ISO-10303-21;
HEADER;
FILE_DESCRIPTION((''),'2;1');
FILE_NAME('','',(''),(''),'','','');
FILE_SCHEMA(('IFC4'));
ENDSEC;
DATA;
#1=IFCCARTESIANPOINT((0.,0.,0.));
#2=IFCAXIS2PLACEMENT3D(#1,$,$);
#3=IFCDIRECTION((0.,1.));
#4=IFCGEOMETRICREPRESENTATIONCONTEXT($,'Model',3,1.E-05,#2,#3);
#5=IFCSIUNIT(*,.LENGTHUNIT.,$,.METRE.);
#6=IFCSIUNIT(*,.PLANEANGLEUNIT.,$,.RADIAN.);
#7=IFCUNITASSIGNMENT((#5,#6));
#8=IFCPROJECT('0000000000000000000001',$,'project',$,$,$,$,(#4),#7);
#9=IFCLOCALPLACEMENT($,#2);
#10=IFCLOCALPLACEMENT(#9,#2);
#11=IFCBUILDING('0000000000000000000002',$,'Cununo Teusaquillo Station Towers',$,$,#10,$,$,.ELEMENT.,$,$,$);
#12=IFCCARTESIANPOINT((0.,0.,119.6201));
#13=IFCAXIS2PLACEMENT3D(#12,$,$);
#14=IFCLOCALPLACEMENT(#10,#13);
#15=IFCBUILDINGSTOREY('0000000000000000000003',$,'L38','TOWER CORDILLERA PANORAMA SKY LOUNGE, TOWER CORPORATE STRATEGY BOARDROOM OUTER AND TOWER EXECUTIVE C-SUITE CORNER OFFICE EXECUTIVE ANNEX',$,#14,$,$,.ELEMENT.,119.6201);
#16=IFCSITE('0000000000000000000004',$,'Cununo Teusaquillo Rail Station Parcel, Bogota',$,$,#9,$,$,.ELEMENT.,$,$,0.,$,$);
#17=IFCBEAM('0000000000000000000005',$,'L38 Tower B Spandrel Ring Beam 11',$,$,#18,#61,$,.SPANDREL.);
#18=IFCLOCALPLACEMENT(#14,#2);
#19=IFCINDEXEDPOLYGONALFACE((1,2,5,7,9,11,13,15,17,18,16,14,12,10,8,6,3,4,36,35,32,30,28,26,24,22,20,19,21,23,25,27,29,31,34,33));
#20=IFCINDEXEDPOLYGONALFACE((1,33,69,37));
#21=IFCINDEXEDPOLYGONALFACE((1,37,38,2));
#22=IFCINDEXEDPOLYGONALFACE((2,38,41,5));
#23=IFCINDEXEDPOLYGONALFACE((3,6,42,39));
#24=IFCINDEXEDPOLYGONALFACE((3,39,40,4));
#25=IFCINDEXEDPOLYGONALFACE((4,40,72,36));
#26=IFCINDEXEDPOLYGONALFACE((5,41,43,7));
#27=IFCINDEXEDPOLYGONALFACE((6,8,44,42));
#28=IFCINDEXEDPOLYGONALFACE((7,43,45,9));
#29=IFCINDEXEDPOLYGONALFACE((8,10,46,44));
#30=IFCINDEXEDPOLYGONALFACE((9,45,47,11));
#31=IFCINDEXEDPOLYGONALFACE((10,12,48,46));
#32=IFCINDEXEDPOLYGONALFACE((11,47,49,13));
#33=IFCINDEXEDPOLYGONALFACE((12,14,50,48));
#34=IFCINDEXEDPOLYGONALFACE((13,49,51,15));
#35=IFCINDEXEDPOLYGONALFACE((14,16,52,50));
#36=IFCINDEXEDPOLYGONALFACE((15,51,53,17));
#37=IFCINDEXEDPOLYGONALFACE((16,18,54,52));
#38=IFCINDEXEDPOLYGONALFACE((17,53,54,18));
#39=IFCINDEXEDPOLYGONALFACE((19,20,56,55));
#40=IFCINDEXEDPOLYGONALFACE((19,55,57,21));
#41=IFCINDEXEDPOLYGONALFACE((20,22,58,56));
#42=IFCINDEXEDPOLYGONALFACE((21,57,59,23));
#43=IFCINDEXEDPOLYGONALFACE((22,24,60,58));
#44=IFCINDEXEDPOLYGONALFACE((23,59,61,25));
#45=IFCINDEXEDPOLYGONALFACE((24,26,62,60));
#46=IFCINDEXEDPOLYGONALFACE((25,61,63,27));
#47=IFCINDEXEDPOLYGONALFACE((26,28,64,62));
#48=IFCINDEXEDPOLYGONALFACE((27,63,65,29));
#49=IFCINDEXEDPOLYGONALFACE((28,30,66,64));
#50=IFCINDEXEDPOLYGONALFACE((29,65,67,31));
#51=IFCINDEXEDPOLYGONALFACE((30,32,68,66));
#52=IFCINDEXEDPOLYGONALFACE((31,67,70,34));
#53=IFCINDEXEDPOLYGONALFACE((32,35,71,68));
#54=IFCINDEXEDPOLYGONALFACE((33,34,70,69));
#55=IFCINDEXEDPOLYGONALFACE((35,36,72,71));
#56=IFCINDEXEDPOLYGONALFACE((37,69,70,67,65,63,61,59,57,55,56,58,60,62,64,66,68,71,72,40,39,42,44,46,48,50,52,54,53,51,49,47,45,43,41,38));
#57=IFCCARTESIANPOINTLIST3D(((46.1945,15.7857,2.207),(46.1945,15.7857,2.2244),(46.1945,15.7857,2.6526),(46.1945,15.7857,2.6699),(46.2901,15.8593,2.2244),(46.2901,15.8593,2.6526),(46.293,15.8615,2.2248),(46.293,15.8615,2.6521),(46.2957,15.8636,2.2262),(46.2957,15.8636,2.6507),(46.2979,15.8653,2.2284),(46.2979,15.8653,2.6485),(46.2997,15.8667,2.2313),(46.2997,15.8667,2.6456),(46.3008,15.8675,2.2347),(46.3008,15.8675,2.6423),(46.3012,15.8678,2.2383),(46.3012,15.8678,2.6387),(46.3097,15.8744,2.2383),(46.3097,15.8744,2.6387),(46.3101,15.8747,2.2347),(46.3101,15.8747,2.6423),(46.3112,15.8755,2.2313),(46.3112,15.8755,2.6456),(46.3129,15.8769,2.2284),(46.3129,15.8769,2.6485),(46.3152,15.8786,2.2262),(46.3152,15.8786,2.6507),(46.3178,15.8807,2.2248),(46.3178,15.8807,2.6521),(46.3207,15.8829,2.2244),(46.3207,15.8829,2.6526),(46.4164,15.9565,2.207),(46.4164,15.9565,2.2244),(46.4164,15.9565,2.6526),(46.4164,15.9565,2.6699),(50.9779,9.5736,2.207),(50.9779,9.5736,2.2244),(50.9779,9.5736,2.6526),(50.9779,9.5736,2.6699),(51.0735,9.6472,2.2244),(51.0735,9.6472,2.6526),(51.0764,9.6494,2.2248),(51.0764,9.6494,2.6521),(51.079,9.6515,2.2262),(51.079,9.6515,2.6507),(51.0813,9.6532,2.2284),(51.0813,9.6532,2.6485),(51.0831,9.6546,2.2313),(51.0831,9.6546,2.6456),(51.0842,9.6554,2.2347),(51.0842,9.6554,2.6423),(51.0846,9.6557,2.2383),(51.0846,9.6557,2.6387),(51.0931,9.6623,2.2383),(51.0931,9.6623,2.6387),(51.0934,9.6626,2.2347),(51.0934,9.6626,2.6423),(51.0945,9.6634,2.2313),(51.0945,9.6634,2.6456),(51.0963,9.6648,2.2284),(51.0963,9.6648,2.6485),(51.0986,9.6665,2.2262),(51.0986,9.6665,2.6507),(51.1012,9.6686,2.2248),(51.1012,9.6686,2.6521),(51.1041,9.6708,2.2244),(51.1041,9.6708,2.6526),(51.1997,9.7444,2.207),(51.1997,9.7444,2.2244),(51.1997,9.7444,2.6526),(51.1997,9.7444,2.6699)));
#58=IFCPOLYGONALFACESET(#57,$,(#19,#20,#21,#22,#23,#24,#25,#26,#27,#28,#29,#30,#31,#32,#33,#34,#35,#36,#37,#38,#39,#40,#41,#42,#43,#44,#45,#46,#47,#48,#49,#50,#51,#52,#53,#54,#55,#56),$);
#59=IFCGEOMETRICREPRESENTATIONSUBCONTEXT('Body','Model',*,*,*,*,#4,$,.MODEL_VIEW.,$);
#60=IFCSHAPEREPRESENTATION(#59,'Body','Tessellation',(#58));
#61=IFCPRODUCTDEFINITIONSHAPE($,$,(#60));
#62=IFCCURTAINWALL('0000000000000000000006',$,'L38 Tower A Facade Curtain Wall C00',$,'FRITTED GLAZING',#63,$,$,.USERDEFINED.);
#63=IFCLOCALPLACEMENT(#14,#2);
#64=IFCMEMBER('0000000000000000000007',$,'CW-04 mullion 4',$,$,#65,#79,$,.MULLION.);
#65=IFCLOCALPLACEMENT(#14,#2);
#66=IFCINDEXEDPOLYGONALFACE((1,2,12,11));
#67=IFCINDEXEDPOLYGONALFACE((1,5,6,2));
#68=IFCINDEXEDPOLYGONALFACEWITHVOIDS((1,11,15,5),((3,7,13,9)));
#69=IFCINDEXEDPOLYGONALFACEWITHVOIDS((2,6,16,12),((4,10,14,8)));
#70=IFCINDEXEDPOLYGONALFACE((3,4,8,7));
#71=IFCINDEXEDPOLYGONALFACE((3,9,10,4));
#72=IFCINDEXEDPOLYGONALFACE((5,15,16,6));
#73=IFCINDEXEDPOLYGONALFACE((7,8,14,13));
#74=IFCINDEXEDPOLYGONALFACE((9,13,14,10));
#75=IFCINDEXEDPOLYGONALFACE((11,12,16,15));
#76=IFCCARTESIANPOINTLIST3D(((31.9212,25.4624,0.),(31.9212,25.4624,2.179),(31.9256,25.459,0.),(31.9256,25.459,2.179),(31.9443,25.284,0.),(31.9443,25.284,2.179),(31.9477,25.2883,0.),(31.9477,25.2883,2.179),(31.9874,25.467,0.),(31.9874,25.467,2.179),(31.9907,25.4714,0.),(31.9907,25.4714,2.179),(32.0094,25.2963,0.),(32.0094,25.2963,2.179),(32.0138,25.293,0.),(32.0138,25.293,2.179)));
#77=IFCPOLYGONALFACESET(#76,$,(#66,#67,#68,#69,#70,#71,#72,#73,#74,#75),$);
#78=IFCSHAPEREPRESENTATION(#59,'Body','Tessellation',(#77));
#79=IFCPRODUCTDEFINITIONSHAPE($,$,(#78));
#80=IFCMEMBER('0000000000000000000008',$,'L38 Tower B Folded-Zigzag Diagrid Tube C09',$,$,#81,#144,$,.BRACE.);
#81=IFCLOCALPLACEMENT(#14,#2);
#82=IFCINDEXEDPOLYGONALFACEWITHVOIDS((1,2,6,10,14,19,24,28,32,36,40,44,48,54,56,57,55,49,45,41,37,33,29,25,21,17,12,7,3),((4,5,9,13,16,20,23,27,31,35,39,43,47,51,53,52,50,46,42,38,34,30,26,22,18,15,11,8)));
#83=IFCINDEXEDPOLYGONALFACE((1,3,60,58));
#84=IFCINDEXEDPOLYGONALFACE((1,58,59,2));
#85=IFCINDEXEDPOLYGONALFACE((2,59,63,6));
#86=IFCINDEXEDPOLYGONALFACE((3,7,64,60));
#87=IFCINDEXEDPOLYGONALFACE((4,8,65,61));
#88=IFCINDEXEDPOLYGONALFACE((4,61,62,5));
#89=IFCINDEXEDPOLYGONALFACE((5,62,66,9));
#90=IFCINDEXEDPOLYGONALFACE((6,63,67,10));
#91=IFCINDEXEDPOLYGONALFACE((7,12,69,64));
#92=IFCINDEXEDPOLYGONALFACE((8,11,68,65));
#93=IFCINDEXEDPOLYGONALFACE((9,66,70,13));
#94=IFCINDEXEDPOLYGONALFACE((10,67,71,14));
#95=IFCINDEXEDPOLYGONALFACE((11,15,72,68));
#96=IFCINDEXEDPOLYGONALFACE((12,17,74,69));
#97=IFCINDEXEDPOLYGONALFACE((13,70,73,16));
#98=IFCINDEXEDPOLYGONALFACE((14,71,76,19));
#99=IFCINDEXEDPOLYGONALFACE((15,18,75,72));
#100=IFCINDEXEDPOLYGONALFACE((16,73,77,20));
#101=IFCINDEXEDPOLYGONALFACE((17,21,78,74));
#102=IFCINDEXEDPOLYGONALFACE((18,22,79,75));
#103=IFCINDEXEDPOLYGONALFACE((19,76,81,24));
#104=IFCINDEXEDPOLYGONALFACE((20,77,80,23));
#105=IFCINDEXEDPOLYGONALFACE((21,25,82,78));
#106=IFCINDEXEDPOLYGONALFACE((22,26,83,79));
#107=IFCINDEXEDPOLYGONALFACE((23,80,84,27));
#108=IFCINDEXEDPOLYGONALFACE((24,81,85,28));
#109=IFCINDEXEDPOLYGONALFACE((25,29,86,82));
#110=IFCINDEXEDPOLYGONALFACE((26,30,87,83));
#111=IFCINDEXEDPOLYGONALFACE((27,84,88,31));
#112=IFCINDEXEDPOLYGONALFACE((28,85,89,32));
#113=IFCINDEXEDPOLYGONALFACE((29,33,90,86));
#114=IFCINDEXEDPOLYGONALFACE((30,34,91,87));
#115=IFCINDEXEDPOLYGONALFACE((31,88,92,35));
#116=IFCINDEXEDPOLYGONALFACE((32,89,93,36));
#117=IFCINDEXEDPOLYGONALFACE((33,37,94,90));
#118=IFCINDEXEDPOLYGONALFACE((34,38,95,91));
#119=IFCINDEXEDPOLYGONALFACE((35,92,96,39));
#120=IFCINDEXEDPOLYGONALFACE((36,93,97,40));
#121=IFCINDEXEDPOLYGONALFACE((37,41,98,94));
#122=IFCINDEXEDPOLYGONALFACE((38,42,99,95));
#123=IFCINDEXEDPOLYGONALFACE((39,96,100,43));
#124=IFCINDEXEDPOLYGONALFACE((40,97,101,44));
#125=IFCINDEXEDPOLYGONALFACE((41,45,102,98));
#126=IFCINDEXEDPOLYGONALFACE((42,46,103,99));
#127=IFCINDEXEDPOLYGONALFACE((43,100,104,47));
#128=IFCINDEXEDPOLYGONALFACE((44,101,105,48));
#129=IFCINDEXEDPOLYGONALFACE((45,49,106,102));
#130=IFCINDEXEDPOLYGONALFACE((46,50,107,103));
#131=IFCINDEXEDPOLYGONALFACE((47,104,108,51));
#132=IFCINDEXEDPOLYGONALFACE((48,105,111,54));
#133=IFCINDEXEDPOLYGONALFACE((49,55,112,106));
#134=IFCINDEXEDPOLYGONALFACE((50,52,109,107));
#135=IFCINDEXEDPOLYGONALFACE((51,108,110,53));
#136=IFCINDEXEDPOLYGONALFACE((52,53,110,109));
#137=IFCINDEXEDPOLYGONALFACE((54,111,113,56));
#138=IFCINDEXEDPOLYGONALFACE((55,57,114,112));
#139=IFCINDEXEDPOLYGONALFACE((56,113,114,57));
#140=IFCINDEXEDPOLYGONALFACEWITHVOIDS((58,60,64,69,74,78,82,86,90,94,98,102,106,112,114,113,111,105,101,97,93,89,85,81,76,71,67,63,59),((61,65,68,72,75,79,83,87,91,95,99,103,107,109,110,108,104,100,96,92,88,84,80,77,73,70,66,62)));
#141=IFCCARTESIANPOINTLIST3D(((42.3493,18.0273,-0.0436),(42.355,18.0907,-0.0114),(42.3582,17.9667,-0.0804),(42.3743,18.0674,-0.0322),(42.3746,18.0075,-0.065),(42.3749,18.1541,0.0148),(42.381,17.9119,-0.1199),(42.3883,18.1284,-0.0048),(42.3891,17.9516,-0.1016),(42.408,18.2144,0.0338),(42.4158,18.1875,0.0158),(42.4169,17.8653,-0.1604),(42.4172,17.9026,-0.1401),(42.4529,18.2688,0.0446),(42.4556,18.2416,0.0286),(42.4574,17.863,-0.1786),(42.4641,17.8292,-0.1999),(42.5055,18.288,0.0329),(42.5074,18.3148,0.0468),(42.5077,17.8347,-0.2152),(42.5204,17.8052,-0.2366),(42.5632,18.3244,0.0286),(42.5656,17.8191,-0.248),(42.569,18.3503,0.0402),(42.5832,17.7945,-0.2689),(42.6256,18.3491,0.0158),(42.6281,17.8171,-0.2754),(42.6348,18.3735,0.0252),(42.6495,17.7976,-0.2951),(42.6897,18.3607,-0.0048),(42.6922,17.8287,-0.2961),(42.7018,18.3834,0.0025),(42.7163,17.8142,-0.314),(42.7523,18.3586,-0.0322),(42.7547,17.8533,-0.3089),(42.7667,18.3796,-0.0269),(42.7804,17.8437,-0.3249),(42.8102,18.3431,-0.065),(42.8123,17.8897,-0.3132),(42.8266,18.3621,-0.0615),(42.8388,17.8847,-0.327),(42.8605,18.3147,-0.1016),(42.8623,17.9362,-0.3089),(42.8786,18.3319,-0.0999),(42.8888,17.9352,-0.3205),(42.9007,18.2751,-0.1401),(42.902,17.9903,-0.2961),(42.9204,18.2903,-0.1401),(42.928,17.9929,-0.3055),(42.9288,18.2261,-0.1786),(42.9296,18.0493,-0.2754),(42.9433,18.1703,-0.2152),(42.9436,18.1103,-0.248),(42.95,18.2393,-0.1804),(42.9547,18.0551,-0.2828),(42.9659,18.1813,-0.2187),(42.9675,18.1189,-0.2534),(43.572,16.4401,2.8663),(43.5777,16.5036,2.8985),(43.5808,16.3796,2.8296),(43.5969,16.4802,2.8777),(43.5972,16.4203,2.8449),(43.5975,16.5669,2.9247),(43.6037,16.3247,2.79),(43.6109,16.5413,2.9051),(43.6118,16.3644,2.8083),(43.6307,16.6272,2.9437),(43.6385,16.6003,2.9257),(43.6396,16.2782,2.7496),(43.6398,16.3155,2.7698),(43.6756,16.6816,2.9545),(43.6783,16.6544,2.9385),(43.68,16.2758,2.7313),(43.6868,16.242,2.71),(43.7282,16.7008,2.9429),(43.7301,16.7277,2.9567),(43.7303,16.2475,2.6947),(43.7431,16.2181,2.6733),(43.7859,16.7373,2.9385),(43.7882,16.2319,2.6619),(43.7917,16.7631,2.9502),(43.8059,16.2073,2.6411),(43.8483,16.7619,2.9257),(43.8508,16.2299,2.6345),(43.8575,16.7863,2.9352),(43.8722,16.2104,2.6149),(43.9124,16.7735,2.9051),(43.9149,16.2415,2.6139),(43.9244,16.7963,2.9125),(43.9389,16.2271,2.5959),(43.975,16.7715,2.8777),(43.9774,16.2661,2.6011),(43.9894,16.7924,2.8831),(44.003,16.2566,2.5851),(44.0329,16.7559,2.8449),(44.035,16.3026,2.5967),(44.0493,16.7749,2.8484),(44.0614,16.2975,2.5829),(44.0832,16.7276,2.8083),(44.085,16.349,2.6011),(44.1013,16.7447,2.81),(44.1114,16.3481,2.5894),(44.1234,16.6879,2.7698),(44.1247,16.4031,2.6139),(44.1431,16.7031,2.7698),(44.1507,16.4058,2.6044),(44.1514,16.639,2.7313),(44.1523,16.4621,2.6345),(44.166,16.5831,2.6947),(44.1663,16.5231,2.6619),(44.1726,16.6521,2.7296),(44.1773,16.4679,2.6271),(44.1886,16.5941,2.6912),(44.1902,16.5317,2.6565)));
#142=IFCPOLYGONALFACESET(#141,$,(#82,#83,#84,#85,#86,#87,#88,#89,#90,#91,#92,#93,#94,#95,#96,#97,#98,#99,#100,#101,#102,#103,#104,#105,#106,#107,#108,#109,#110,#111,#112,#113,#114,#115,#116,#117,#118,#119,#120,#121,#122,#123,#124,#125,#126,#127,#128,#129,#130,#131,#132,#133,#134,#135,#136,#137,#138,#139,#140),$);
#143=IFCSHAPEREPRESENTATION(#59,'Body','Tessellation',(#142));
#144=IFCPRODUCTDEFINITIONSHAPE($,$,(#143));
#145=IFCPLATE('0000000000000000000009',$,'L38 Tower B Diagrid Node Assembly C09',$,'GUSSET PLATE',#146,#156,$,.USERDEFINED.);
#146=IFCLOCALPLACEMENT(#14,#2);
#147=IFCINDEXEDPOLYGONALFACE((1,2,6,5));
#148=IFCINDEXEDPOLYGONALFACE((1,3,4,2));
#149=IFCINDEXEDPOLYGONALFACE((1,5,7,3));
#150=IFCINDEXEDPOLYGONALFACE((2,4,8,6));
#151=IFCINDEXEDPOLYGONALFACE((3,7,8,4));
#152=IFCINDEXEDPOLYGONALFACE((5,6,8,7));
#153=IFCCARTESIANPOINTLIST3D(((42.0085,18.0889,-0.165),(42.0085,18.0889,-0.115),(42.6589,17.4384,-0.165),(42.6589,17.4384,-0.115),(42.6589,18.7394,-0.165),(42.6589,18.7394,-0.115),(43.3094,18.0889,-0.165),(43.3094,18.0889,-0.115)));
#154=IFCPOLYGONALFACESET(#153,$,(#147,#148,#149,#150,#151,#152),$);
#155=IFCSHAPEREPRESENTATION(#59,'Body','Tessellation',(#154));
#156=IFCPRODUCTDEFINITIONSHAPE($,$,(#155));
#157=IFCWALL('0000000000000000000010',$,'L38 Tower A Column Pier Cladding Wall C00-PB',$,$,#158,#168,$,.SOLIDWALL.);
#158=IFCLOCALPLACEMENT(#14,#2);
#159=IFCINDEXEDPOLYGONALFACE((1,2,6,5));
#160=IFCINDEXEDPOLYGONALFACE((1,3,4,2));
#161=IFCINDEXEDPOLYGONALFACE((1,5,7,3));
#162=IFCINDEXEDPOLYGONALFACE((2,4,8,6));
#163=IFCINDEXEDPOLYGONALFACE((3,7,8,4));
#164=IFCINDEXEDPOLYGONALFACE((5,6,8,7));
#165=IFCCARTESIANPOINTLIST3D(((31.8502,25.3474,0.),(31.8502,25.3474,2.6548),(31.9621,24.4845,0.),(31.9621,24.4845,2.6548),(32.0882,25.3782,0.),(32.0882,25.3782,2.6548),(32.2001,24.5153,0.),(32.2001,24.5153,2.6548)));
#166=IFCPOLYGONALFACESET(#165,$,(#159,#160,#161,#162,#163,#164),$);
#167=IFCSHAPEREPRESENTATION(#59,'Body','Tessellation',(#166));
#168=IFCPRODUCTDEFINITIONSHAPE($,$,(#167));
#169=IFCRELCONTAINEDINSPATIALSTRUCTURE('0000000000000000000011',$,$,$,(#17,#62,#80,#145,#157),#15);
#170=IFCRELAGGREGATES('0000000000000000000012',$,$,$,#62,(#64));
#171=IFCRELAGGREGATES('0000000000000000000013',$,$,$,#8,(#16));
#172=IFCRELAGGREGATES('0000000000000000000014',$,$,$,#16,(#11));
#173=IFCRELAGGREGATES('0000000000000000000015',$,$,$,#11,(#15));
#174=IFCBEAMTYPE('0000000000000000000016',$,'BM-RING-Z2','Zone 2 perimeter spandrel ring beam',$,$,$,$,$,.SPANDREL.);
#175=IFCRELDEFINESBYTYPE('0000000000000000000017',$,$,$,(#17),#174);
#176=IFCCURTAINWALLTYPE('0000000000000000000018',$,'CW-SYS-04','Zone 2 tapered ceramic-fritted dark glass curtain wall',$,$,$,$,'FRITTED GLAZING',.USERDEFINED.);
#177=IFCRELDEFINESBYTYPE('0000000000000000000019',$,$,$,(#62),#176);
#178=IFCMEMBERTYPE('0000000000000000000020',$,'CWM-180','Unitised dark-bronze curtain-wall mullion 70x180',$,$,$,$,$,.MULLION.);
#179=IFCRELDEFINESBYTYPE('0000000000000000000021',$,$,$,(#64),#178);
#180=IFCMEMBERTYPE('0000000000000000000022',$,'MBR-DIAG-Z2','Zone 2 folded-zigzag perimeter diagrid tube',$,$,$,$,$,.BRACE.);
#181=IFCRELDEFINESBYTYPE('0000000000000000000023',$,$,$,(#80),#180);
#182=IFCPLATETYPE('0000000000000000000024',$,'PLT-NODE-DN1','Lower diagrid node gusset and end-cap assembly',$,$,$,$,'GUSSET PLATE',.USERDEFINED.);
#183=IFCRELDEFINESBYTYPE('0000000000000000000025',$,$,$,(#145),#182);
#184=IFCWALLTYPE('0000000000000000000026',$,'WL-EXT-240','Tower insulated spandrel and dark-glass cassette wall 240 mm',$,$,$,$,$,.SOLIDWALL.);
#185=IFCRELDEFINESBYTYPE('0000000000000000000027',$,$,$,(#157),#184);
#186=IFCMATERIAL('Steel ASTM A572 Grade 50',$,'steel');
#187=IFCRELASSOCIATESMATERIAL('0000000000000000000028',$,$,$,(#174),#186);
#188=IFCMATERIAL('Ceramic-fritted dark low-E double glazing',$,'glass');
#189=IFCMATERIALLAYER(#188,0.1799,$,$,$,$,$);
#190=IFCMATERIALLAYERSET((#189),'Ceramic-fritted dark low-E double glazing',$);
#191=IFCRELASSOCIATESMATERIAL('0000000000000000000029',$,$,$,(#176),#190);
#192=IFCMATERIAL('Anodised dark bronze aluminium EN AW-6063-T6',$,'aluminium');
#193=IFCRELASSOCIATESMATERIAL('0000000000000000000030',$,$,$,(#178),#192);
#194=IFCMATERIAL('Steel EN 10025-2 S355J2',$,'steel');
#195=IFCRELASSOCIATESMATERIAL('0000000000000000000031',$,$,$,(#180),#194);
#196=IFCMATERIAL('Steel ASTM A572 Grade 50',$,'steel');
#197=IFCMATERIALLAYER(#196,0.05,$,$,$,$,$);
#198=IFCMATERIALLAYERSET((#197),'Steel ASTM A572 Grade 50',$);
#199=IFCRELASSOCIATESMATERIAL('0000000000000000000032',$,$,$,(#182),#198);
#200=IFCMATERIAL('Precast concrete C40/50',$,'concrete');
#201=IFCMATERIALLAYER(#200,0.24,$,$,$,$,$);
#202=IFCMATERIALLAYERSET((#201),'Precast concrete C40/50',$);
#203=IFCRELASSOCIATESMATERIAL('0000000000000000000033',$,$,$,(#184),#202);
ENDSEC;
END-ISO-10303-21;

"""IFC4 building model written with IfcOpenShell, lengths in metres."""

from ifc_helpers import new_model, si_unit, direction, frame, frame_2d, origin, origin_2d, place, context, subcontext, project, spatial, rectangle, hollow_rectangle, hollow_circle, i_section, extrude, source, transform, mapped, material, layer, layer_set, material_profile, profile_set, type_object, element, aggregate, save


model = new_model("IFC4")

# Units and contexts
model_context = context("Model", 3, precision=1e-05, world=origin(), true_north=direction((0.0, 1.0)))
body_context = subcontext(model_context, "Body", "Model", "MODEL_VIEW")
ifc_project = project(units=[si_unit("LENGTHUNIT", "METRE"), si_unit("PLANEANGLEUNIT", "RADIAN")], contexts=[model_context])

# Site, building, storey
site_placement = place(None, origin())
site = spatial("IfcSite", under=ifc_project, at=site_placement, Name="Cununo Teusaquillo Rail Station Parcel, Bogota", CompositionType="ELEMENT", RefElevation=0.0)
building_placement = place(site_placement, origin())
building = spatial("IfcBuilding", under=site, at=building_placement, Name="Cununo Teusaquillo Station Towers", CompositionType="ELEMENT")
storey_placement = place(building_placement, frame((0.0, 0.0, 119.6201)))
storey = spatial("IfcBuildingStorey", under=building, at=storey_placement, Name="L38", Description="TOWER CORDILLERA PANORAMA SKY LOUNGE, TOWER CORPORATE STRATEGY BOARDROOM OUTER AND TOWER EXECUTIVE C-SUITE CORNER OFFICE EXECUTIVE ANNEX", CompositionType="ELEMENT", Elevation=119.6201)

# Beam
ifc_material_1 = material(Name="Steel ASTM A572 Grade 50", Category="steel")
ifc_material_profile_1 = material_profile(ifc_material_1, i_section(OverallWidth=0.28, OverallDepth=0.4629, WebThickness=0.0107, FlangeThickness=0.0173, FilletRadius=0.0139, at=origin_2d()), Name="W18X76")
ifc_profile_set_1 = profile_set([ifc_material_profile_1], Name="Steel ASTM A572 Grade 50")
beam_type = type_object("IfcBeamType", Name="BM-RING-Z2", Description="Zone 2 perimeter spandrel ring beam", PredefinedType="SPANDREL", material=ifc_profile_set_1)
beam_1_placement = place(storey_placement, frame((46.3054, 15.8711, 2.4385), z_axis=(0.6101, -0.792324, 0.0), x_axis=(0.792324, 0.6101, 0.0)))
element("IfcBeam", 1, at=beam_1_placement, inside=storey, type_object=beam_type, Name="L38 Tower B Spandrel Ring Beam 11", PredefinedType="SPANDREL", context=body_context, shape_type="SweptSolid", body=[
    extrude(i_section(OverallWidth=0.28, OverallDepth=0.4629, WebThickness=0.0107, FlangeThickness=0.0173, FilletRadius=0.0139, at=origin_2d()), origin(), (0.0, 0.0, 1.0), 7.8403),
])

# Curtain wall, member
ifc_material_2 = material(Name="Ceramic-fritted dark low-E double glazing", Category="glass")
ifc_layer_1 = layer(ifc_material_2, 0.1799)
ifc_layer_set_1 = layer_set([ifc_layer_1], Name="Ceramic-fritted dark low-E double glazing")
curtain_wall_type = type_object("IfcCurtainWallType", Name="CW-SYS-04", Description="Zone 2 tapered ceramic-fritted dark glass curtain wall", ElementType="FRITTED GLAZING", PredefinedType="USERDEFINED", material=ifc_layer_set_1)
curtain_wall_placement = place(storey_placement, origin())
curtain_wall = element("IfcCurtainWall", 2, at=curtain_wall_placement, inside=storey, type_object=curtain_wall_type, Name="L38 Tower A Facade Curtain Wall C00", ObjectType="FRITTED GLAZING", PredefinedType="USERDEFINED")
ifc_material_3 = material(Name="Anodised dark bronze aluminium EN AW-6063-T6", Category="aluminium")
ifc_material_profile_2 = material_profile(ifc_material_3, hollow_rectangle(XDim=0.0701, YDim=0.1799, WallThickness=0.0039, at=origin_2d()), Name="CW-MULL-70x180")
ifc_profile_set_2 = profile_set([ifc_material_profile_2], Name="Anodised dark bronze aluminium EN AW-6063-T6")
member_type_1 = type_object("IfcMemberType", Name="CWM-180", Description="Unitised dark-bronze curtain-wall mullion 70x180", PredefinedType="MULLION", material=ifc_profile_set_2)
member_1_placement = place(storey_placement, frame((31.9675, 25.3777, 0.0), z_axis=(0.0, 0.0, 1.0), x_axis=(0.991731, 0.128336, 0.0)))
member_1 = element("IfcMember", 3, at=member_1_placement, type_object=member_type_1, Name="CW-04 mullion 4", PredefinedType="MULLION", context=body_context, shape_type="SweptSolid", body=[
    extrude(hollow_rectangle(XDim=0.0701, YDim=0.1799, WallThickness=0.0039, at=origin_2d()), origin(), (0.0, 0.0, 1.0), 2.179),
])
aggregate(curtain_wall, [member_1])

# Member
ifc_material_4 = material(Name="Steel EN 10025-2 S355J2", Category="steel")
ifc_material_profile_3 = material_profile(ifc_material_4, hollow_circle(Radius=0.3301, WallThickness=0.0249, at=origin_2d()), Name="CHS 660x25")
ifc_profile_set_3 = profile_set([ifc_material_profile_3], Name="Steel EN 10025-2 S355J2")
member_type_2 = type_object("IfcMemberType", Name="MBR-DIAG-Z2", Description="Zone 2 folded-zigzag perimeter diagrid tube", PredefinedType="BRACE", material=ifc_profile_set_3)
member_2_placement = place(storey_placement, frame((42.6589, 18.0889, -0.1401), z_axis=(0.346075, -0.449248, 0.823656), x_axis=(0.792198, 0.610264, 0.0)))
element("IfcMember", 4, at=member_2_placement, inside=storey, type_object=member_type_2, Name="L38 Tower B Folded-Zigzag Diagrid Tube C09", PredefinedType="BRACE", context=body_context, shape_type="SweptSolid", body=[
    extrude(hollow_circle(Radius=0.3301, WallThickness=0.0249, at=origin_2d()), origin(), (0.0, 0.0, 1.0), 3.533),
])

# Plate
ifc_material_5 = material(Name="Steel ASTM A572 Grade 50", Category="steel")
ifc_layer_2 = layer(ifc_material_5, 0.05)
ifc_layer_set_2 = layer_set([ifc_layer_2], Name="Steel ASTM A572 Grade 50")
plate_type = type_object("IfcPlateType", Name="PLT-NODE-DN1", Description="Lower diagrid node gusset and end-cap assembly", ElementType="GUSSET PLATE", PredefinedType="USERDEFINED", material=ifc_layer_set_2)
shared_shape_1 = source(origin(), body_context, "Body", "SweptSolid", [
    extrude(rectangle(XDim=0.9199, YDim=0.9199, at=origin_2d()), origin(), (0.0, 0.0, 1.0), 0.05),
])
plate_placement = place(storey_placement, frame((42.6589, 18.0889, -0.165), z_axis=(0.0, 0.0, 1.0), x_axis=(0.707107, 0.707107, 0.0)))
element("IfcPlate", 5, at=plate_placement, inside=storey, type_object=plate_type, Name="L38 Tower B Diagrid Node Assembly C09", ObjectType="GUSSET PLATE", PredefinedType="USERDEFINED", context=body_context, shape_type="MappedRepresentation", body=[
    mapped(shared_shape_1, transform((0.0, 0.0, 0.0), x_axis=(1.0, 0.0, 0.0), y_axis=(0.0, 1.0, 0.0), z_axis=(0.0, 0.0, 1.0), scale=1.0)),
])

# Wall
ifc_material_6 = material(Name="Precast concrete C40/50", Category="concrete")
ifc_layer_3 = layer(ifc_material_6, 0.24)
ifc_layer_set_3 = layer_set([ifc_layer_3], Name="Precast concrete C40/50")
wall_type_1 = type_object("IfcWallType", Name="WL-EXT-240", Description="Tower insulated spandrel and dark-glass cassette wall 240 mm", PredefinedType="SOLIDWALL", material=ifc_layer_set_3)
wall_1_placement = place(storey_placement, frame((31.9692, 25.3628, 0.0), z_axis=(0.0, 0.0, 1.0), x_axis=(0.128523, -0.991706, 0.0)))
element("IfcWall", 6, at=wall_1_placement, inside=storey, type_object=wall_type_1, Name="L38 Tower A Column Pier Cladding Wall C00-PB", PredefinedType="SOLIDWALL", context=body_context, shape_type="SweptSolid", body=[
    extrude(rectangle(XDim=0.8701, YDim=0.24, at=frame_2d((0.4351, 0.0))), origin(), (0.0, 0.0, 1.0), 2.6548),
])

save(model, "model.ifc")
